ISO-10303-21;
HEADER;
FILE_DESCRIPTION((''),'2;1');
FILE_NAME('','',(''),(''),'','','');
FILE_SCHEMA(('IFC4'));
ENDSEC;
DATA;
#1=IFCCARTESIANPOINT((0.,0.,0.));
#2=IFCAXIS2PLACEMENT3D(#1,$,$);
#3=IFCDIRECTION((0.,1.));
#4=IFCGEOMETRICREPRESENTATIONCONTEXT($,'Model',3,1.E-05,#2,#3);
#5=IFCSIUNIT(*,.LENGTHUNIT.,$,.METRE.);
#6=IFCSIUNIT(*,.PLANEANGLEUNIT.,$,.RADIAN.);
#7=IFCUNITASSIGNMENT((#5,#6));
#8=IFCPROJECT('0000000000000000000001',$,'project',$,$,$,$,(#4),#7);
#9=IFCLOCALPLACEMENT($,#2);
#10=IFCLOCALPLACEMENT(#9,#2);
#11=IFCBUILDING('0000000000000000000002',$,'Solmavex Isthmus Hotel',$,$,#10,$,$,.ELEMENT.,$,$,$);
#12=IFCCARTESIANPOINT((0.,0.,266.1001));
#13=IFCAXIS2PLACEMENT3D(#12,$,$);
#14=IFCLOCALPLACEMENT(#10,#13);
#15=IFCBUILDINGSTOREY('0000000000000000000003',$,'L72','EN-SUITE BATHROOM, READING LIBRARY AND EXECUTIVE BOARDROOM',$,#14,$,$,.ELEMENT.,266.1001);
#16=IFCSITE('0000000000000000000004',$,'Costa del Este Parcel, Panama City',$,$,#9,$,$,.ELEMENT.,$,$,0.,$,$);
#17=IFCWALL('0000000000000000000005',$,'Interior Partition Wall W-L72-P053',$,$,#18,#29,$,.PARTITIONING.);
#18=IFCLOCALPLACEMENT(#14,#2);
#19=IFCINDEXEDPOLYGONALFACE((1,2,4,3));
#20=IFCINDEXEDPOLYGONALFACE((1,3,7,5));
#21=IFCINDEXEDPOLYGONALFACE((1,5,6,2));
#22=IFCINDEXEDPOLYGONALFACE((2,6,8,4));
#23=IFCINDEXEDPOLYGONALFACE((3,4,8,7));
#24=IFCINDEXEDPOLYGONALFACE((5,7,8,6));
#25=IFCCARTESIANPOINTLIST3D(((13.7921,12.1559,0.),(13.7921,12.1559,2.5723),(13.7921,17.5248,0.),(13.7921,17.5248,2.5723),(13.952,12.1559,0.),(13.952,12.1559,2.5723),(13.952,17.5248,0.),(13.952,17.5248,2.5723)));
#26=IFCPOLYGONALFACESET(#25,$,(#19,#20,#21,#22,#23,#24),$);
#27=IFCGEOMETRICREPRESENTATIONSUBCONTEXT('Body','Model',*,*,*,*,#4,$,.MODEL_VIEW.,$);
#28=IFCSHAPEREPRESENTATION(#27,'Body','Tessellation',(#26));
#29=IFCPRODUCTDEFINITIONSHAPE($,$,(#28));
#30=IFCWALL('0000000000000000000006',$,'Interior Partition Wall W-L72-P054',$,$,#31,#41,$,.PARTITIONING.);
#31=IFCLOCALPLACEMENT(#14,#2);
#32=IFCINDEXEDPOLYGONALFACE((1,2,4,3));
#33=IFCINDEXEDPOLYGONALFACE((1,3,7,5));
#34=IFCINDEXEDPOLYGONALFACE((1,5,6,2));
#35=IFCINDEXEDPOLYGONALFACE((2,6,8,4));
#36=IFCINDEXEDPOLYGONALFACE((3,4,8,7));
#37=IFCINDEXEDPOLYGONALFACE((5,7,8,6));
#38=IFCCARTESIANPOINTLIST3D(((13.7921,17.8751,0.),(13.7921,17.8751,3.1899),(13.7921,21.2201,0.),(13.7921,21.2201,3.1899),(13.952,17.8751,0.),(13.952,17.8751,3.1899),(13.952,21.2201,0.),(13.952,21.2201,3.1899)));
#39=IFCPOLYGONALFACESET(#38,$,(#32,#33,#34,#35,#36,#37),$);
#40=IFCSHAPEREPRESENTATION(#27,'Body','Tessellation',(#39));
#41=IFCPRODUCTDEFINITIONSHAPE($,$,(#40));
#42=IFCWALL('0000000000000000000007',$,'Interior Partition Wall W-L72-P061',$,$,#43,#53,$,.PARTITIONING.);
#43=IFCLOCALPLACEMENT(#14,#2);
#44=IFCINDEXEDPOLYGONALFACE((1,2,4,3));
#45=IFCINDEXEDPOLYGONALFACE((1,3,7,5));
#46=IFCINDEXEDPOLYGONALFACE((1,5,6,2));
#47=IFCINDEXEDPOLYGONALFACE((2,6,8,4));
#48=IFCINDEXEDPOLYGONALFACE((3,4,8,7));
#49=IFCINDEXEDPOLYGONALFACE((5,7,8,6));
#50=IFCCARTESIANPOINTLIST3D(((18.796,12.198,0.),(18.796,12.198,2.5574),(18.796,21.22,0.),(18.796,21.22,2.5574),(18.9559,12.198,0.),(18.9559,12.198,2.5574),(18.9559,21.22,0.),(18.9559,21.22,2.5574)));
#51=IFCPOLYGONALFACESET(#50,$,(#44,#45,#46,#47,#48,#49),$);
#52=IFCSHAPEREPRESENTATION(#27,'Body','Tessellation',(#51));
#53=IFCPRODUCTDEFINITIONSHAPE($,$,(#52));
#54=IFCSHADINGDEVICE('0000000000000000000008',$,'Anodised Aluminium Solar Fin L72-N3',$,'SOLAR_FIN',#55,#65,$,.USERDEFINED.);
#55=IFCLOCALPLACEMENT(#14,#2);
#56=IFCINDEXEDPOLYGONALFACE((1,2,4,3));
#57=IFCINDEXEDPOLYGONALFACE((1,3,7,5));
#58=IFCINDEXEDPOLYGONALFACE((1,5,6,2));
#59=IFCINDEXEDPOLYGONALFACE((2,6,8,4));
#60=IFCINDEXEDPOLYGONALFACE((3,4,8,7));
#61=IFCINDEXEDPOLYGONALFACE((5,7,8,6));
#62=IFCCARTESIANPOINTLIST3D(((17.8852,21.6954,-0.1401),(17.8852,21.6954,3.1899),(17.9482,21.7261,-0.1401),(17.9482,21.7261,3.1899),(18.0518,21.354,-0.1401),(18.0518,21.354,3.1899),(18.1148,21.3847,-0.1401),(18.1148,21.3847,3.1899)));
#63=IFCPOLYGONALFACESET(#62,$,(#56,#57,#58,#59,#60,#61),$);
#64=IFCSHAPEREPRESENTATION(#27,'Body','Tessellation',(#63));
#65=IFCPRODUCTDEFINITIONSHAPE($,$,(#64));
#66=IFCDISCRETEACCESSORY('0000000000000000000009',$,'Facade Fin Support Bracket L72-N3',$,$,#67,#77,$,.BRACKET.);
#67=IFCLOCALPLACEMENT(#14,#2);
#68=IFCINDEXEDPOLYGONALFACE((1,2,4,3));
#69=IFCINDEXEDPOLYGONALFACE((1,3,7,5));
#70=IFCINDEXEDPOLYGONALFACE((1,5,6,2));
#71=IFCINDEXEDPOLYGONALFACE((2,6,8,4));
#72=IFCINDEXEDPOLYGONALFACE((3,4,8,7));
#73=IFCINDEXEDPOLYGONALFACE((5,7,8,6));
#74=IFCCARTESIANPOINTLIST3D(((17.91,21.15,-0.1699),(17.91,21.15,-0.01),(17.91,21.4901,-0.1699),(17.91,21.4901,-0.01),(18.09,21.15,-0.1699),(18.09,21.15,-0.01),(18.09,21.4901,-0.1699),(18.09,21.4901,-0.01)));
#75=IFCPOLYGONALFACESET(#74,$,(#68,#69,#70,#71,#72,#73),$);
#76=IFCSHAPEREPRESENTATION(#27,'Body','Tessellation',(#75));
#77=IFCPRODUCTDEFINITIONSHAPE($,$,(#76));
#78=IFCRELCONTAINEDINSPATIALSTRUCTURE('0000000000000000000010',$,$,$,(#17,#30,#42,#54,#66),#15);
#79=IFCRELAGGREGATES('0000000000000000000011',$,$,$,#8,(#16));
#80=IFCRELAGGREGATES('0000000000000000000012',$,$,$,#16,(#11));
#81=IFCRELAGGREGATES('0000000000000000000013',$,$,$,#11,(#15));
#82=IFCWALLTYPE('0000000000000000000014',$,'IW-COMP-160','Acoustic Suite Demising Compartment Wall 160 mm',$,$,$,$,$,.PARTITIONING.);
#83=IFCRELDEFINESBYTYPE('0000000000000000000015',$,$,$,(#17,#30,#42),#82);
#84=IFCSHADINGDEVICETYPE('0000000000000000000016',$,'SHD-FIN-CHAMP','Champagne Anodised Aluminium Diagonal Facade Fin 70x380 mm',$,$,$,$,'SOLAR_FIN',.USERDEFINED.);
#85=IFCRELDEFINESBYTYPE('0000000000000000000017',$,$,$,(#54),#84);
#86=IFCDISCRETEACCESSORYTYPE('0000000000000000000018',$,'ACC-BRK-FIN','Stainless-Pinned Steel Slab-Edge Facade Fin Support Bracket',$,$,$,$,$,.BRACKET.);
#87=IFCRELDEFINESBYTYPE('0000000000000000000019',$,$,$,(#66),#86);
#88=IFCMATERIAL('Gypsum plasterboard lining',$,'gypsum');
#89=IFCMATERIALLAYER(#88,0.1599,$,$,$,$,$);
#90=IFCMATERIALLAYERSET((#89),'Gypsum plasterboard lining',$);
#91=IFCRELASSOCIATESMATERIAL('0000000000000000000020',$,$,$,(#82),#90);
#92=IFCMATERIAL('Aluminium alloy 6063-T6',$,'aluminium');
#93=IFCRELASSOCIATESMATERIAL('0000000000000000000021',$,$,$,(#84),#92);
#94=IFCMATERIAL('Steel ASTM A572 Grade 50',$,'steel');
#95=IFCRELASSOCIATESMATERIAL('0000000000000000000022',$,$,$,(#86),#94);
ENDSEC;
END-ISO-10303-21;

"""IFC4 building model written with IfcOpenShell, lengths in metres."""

from ifc_helpers import new_model, si_unit, direction, frame, frame_2d, origin, origin_2d, place, context, subcontext, project, spatial, rectangle, extrude, material, layer, layer_set, type_object, element, save


model = new_model("IFC4")

# Units and contexts
model_context = context("Model", 3, precision=1e-05, world=origin(), true_north=direction((0.0, 1.0)))
body_context = subcontext(model_context, "Body", "Model", "MODEL_VIEW")
ifc_project = project(units=[si_unit("LENGTHUNIT", "METRE"), si_unit("PLANEANGLEUNIT", "RADIAN")], contexts=[model_context])

# Site, building, storey
site_placement = place(None, origin())
site = spatial("IfcSite", under=ifc_project, at=site_placement, Name="Costa del Este Parcel, Panama City", CompositionType="ELEMENT", RefElevation=0.0)
building_placement = place(site_placement, origin())
building = spatial("IfcBuilding", under=site, at=building_placement, Name="Solmavex Isthmus Hotel", CompositionType="ELEMENT")
storey_placement = place(building_placement, frame((0.0, 0.0, 266.1001)))
storey = spatial("IfcBuildingStorey", under=building, at=storey_placement, Name="L72", Description="EN-SUITE BATHROOM, READING LIBRARY AND EXECUTIVE BOARDROOM", CompositionType="ELEMENT", Elevation=266.1001)

# Shared definitions
ifc_material_1 = material(Name="Aluminium alloy 6063-T6", Category="aluminium")

# Walls
ifc_material_2 = material(Name="Gypsum plasterboard lining", Category="gypsum")
ifc_layer_1 = layer(ifc_material_2, 0.1599)
ifc_layer_set_1 = layer_set([ifc_layer_1], Name="Gypsum plasterboard lining")
wall_type_1 = type_object("IfcWallType", Name="IW-COMP-160", Description="Acoustic Suite Demising Compartment Wall 160 mm", PredefinedType="PARTITIONING", material=ifc_layer_set_1)
wall_1_placement = place(storey_placement, frame((13.8721, 17.5249, 0.0), z_axis=(0.0, 0.0, 1.0), x_axis=(0.0, -1.0, 0.0)))
element("IfcWall", 1, at=wall_1_placement, inside=storey, type_object=wall_type_1, Name="Interior Partition Wall W-L72-P053", PredefinedType="PARTITIONING", context=body_context, shape_type="SweptSolid", body=[
    extrude(rectangle(XDim=5.3689, YDim=0.1599, at=frame_2d((2.6846, 0.0))), origin(), (0.0, 0.0, 1.0), 2.5723),
])
wall_2_placement = place(storey_placement, frame((13.8721, 21.22, 0.0), z_axis=(0.0, 0.0, 1.0), x_axis=(0.0, -1.0, 0.0)))
element("IfcWall", 2, at=wall_2_placement, inside=storey, type_object=wall_type_1, Name="Interior Partition Wall W-L72-P054", PredefinedType="PARTITIONING", context=body_context, shape_type="SweptSolid", body=[
    extrude(rectangle(XDim=3.345, YDim=0.1599, at=frame_2d((1.6724, 0.0))), origin(), (0.0, 0.0, 1.0), 3.1899),
])
wall_3_placement = place(storey_placement, frame((18.876, 21.22, 0.0), z_axis=(0.0, 0.0, 1.0), x_axis=(0.0, -1.0, 0.0)))
element("IfcWall", 3, at=wall_3_placement, inside=storey, type_object=wall_type_1, Name="Interior Partition Wall W-L72-P061", PredefinedType="PARTITIONING", context=body_context, shape_type="SweptSolid", body=[
    extrude(rectangle(XDim=9.022, YDim=0.1599, at=frame_2d((4.511, 0.0))), origin(), (0.0, 0.0, 1.0), 2.5574),
])

# Shading device
shading_device_type = type_object("IfcShadingDeviceType", Name="SHD-FIN-CHAMP", Description="Champagne Anodised Aluminium Diagonal Facade Fin 70x380 mm", ElementType="SOLAR_FIN", PredefinedType="USERDEFINED", material=ifc_material_1)
shading_device_placement = place(storey_placement, frame((18.0, 21.54, -0.1401), z_axis=(0.0, 0.0, 1.0), x_axis=(-0.438371, 0.898794, 0.0)))
element("IfcShadingDevice", 4, at=shading_device_placement, inside=storey, type_object=shading_device_type, Name="Anodised Aluminium Solar Fin L72-N3", ObjectType="SOLAR_FIN", PredefinedType="USERDEFINED", context=body_context, shape_type="SweptSolid", body=[
    extrude(rectangle(XDim=0.3799, YDim=0.0701, at=origin_2d()), origin(), (0.0, 0.0, 1.0), 3.3301),
])

# Discrete accessory
ifc_material_3 = material(Name="Steel ASTM A572 Grade 50", Category="steel")
discrete_accessory_type = type_object("IfcDiscreteAccessoryType", Name="ACC-BRK-FIN", Description="Stainless-Pinned Steel Slab-Edge Facade Fin Support Bracket", PredefinedType="BRACKET", material=ifc_material_3)
discrete_accessory_placement = place(storey_placement, frame((18.0, 21.3201, -0.1699), z_axis=(0.0, 0.0, 1.0), x_axis=(0.0, 1.0, 0.0)))
element("IfcDiscreteAccessory", 5, at=discrete_accessory_placement, inside=storey, type_object=discrete_accessory_type, Name="Facade Fin Support Bracket L72-N3", PredefinedType="BRACKET", context=body_context, shape_type="SweptSolid", body=[
    extrude(rectangle(XDim=0.3401, YDim=0.1799, at=origin_2d()), origin(), (0.0, 0.0, 1.0), 0.1599),
])

save(model, "model.ifc")
